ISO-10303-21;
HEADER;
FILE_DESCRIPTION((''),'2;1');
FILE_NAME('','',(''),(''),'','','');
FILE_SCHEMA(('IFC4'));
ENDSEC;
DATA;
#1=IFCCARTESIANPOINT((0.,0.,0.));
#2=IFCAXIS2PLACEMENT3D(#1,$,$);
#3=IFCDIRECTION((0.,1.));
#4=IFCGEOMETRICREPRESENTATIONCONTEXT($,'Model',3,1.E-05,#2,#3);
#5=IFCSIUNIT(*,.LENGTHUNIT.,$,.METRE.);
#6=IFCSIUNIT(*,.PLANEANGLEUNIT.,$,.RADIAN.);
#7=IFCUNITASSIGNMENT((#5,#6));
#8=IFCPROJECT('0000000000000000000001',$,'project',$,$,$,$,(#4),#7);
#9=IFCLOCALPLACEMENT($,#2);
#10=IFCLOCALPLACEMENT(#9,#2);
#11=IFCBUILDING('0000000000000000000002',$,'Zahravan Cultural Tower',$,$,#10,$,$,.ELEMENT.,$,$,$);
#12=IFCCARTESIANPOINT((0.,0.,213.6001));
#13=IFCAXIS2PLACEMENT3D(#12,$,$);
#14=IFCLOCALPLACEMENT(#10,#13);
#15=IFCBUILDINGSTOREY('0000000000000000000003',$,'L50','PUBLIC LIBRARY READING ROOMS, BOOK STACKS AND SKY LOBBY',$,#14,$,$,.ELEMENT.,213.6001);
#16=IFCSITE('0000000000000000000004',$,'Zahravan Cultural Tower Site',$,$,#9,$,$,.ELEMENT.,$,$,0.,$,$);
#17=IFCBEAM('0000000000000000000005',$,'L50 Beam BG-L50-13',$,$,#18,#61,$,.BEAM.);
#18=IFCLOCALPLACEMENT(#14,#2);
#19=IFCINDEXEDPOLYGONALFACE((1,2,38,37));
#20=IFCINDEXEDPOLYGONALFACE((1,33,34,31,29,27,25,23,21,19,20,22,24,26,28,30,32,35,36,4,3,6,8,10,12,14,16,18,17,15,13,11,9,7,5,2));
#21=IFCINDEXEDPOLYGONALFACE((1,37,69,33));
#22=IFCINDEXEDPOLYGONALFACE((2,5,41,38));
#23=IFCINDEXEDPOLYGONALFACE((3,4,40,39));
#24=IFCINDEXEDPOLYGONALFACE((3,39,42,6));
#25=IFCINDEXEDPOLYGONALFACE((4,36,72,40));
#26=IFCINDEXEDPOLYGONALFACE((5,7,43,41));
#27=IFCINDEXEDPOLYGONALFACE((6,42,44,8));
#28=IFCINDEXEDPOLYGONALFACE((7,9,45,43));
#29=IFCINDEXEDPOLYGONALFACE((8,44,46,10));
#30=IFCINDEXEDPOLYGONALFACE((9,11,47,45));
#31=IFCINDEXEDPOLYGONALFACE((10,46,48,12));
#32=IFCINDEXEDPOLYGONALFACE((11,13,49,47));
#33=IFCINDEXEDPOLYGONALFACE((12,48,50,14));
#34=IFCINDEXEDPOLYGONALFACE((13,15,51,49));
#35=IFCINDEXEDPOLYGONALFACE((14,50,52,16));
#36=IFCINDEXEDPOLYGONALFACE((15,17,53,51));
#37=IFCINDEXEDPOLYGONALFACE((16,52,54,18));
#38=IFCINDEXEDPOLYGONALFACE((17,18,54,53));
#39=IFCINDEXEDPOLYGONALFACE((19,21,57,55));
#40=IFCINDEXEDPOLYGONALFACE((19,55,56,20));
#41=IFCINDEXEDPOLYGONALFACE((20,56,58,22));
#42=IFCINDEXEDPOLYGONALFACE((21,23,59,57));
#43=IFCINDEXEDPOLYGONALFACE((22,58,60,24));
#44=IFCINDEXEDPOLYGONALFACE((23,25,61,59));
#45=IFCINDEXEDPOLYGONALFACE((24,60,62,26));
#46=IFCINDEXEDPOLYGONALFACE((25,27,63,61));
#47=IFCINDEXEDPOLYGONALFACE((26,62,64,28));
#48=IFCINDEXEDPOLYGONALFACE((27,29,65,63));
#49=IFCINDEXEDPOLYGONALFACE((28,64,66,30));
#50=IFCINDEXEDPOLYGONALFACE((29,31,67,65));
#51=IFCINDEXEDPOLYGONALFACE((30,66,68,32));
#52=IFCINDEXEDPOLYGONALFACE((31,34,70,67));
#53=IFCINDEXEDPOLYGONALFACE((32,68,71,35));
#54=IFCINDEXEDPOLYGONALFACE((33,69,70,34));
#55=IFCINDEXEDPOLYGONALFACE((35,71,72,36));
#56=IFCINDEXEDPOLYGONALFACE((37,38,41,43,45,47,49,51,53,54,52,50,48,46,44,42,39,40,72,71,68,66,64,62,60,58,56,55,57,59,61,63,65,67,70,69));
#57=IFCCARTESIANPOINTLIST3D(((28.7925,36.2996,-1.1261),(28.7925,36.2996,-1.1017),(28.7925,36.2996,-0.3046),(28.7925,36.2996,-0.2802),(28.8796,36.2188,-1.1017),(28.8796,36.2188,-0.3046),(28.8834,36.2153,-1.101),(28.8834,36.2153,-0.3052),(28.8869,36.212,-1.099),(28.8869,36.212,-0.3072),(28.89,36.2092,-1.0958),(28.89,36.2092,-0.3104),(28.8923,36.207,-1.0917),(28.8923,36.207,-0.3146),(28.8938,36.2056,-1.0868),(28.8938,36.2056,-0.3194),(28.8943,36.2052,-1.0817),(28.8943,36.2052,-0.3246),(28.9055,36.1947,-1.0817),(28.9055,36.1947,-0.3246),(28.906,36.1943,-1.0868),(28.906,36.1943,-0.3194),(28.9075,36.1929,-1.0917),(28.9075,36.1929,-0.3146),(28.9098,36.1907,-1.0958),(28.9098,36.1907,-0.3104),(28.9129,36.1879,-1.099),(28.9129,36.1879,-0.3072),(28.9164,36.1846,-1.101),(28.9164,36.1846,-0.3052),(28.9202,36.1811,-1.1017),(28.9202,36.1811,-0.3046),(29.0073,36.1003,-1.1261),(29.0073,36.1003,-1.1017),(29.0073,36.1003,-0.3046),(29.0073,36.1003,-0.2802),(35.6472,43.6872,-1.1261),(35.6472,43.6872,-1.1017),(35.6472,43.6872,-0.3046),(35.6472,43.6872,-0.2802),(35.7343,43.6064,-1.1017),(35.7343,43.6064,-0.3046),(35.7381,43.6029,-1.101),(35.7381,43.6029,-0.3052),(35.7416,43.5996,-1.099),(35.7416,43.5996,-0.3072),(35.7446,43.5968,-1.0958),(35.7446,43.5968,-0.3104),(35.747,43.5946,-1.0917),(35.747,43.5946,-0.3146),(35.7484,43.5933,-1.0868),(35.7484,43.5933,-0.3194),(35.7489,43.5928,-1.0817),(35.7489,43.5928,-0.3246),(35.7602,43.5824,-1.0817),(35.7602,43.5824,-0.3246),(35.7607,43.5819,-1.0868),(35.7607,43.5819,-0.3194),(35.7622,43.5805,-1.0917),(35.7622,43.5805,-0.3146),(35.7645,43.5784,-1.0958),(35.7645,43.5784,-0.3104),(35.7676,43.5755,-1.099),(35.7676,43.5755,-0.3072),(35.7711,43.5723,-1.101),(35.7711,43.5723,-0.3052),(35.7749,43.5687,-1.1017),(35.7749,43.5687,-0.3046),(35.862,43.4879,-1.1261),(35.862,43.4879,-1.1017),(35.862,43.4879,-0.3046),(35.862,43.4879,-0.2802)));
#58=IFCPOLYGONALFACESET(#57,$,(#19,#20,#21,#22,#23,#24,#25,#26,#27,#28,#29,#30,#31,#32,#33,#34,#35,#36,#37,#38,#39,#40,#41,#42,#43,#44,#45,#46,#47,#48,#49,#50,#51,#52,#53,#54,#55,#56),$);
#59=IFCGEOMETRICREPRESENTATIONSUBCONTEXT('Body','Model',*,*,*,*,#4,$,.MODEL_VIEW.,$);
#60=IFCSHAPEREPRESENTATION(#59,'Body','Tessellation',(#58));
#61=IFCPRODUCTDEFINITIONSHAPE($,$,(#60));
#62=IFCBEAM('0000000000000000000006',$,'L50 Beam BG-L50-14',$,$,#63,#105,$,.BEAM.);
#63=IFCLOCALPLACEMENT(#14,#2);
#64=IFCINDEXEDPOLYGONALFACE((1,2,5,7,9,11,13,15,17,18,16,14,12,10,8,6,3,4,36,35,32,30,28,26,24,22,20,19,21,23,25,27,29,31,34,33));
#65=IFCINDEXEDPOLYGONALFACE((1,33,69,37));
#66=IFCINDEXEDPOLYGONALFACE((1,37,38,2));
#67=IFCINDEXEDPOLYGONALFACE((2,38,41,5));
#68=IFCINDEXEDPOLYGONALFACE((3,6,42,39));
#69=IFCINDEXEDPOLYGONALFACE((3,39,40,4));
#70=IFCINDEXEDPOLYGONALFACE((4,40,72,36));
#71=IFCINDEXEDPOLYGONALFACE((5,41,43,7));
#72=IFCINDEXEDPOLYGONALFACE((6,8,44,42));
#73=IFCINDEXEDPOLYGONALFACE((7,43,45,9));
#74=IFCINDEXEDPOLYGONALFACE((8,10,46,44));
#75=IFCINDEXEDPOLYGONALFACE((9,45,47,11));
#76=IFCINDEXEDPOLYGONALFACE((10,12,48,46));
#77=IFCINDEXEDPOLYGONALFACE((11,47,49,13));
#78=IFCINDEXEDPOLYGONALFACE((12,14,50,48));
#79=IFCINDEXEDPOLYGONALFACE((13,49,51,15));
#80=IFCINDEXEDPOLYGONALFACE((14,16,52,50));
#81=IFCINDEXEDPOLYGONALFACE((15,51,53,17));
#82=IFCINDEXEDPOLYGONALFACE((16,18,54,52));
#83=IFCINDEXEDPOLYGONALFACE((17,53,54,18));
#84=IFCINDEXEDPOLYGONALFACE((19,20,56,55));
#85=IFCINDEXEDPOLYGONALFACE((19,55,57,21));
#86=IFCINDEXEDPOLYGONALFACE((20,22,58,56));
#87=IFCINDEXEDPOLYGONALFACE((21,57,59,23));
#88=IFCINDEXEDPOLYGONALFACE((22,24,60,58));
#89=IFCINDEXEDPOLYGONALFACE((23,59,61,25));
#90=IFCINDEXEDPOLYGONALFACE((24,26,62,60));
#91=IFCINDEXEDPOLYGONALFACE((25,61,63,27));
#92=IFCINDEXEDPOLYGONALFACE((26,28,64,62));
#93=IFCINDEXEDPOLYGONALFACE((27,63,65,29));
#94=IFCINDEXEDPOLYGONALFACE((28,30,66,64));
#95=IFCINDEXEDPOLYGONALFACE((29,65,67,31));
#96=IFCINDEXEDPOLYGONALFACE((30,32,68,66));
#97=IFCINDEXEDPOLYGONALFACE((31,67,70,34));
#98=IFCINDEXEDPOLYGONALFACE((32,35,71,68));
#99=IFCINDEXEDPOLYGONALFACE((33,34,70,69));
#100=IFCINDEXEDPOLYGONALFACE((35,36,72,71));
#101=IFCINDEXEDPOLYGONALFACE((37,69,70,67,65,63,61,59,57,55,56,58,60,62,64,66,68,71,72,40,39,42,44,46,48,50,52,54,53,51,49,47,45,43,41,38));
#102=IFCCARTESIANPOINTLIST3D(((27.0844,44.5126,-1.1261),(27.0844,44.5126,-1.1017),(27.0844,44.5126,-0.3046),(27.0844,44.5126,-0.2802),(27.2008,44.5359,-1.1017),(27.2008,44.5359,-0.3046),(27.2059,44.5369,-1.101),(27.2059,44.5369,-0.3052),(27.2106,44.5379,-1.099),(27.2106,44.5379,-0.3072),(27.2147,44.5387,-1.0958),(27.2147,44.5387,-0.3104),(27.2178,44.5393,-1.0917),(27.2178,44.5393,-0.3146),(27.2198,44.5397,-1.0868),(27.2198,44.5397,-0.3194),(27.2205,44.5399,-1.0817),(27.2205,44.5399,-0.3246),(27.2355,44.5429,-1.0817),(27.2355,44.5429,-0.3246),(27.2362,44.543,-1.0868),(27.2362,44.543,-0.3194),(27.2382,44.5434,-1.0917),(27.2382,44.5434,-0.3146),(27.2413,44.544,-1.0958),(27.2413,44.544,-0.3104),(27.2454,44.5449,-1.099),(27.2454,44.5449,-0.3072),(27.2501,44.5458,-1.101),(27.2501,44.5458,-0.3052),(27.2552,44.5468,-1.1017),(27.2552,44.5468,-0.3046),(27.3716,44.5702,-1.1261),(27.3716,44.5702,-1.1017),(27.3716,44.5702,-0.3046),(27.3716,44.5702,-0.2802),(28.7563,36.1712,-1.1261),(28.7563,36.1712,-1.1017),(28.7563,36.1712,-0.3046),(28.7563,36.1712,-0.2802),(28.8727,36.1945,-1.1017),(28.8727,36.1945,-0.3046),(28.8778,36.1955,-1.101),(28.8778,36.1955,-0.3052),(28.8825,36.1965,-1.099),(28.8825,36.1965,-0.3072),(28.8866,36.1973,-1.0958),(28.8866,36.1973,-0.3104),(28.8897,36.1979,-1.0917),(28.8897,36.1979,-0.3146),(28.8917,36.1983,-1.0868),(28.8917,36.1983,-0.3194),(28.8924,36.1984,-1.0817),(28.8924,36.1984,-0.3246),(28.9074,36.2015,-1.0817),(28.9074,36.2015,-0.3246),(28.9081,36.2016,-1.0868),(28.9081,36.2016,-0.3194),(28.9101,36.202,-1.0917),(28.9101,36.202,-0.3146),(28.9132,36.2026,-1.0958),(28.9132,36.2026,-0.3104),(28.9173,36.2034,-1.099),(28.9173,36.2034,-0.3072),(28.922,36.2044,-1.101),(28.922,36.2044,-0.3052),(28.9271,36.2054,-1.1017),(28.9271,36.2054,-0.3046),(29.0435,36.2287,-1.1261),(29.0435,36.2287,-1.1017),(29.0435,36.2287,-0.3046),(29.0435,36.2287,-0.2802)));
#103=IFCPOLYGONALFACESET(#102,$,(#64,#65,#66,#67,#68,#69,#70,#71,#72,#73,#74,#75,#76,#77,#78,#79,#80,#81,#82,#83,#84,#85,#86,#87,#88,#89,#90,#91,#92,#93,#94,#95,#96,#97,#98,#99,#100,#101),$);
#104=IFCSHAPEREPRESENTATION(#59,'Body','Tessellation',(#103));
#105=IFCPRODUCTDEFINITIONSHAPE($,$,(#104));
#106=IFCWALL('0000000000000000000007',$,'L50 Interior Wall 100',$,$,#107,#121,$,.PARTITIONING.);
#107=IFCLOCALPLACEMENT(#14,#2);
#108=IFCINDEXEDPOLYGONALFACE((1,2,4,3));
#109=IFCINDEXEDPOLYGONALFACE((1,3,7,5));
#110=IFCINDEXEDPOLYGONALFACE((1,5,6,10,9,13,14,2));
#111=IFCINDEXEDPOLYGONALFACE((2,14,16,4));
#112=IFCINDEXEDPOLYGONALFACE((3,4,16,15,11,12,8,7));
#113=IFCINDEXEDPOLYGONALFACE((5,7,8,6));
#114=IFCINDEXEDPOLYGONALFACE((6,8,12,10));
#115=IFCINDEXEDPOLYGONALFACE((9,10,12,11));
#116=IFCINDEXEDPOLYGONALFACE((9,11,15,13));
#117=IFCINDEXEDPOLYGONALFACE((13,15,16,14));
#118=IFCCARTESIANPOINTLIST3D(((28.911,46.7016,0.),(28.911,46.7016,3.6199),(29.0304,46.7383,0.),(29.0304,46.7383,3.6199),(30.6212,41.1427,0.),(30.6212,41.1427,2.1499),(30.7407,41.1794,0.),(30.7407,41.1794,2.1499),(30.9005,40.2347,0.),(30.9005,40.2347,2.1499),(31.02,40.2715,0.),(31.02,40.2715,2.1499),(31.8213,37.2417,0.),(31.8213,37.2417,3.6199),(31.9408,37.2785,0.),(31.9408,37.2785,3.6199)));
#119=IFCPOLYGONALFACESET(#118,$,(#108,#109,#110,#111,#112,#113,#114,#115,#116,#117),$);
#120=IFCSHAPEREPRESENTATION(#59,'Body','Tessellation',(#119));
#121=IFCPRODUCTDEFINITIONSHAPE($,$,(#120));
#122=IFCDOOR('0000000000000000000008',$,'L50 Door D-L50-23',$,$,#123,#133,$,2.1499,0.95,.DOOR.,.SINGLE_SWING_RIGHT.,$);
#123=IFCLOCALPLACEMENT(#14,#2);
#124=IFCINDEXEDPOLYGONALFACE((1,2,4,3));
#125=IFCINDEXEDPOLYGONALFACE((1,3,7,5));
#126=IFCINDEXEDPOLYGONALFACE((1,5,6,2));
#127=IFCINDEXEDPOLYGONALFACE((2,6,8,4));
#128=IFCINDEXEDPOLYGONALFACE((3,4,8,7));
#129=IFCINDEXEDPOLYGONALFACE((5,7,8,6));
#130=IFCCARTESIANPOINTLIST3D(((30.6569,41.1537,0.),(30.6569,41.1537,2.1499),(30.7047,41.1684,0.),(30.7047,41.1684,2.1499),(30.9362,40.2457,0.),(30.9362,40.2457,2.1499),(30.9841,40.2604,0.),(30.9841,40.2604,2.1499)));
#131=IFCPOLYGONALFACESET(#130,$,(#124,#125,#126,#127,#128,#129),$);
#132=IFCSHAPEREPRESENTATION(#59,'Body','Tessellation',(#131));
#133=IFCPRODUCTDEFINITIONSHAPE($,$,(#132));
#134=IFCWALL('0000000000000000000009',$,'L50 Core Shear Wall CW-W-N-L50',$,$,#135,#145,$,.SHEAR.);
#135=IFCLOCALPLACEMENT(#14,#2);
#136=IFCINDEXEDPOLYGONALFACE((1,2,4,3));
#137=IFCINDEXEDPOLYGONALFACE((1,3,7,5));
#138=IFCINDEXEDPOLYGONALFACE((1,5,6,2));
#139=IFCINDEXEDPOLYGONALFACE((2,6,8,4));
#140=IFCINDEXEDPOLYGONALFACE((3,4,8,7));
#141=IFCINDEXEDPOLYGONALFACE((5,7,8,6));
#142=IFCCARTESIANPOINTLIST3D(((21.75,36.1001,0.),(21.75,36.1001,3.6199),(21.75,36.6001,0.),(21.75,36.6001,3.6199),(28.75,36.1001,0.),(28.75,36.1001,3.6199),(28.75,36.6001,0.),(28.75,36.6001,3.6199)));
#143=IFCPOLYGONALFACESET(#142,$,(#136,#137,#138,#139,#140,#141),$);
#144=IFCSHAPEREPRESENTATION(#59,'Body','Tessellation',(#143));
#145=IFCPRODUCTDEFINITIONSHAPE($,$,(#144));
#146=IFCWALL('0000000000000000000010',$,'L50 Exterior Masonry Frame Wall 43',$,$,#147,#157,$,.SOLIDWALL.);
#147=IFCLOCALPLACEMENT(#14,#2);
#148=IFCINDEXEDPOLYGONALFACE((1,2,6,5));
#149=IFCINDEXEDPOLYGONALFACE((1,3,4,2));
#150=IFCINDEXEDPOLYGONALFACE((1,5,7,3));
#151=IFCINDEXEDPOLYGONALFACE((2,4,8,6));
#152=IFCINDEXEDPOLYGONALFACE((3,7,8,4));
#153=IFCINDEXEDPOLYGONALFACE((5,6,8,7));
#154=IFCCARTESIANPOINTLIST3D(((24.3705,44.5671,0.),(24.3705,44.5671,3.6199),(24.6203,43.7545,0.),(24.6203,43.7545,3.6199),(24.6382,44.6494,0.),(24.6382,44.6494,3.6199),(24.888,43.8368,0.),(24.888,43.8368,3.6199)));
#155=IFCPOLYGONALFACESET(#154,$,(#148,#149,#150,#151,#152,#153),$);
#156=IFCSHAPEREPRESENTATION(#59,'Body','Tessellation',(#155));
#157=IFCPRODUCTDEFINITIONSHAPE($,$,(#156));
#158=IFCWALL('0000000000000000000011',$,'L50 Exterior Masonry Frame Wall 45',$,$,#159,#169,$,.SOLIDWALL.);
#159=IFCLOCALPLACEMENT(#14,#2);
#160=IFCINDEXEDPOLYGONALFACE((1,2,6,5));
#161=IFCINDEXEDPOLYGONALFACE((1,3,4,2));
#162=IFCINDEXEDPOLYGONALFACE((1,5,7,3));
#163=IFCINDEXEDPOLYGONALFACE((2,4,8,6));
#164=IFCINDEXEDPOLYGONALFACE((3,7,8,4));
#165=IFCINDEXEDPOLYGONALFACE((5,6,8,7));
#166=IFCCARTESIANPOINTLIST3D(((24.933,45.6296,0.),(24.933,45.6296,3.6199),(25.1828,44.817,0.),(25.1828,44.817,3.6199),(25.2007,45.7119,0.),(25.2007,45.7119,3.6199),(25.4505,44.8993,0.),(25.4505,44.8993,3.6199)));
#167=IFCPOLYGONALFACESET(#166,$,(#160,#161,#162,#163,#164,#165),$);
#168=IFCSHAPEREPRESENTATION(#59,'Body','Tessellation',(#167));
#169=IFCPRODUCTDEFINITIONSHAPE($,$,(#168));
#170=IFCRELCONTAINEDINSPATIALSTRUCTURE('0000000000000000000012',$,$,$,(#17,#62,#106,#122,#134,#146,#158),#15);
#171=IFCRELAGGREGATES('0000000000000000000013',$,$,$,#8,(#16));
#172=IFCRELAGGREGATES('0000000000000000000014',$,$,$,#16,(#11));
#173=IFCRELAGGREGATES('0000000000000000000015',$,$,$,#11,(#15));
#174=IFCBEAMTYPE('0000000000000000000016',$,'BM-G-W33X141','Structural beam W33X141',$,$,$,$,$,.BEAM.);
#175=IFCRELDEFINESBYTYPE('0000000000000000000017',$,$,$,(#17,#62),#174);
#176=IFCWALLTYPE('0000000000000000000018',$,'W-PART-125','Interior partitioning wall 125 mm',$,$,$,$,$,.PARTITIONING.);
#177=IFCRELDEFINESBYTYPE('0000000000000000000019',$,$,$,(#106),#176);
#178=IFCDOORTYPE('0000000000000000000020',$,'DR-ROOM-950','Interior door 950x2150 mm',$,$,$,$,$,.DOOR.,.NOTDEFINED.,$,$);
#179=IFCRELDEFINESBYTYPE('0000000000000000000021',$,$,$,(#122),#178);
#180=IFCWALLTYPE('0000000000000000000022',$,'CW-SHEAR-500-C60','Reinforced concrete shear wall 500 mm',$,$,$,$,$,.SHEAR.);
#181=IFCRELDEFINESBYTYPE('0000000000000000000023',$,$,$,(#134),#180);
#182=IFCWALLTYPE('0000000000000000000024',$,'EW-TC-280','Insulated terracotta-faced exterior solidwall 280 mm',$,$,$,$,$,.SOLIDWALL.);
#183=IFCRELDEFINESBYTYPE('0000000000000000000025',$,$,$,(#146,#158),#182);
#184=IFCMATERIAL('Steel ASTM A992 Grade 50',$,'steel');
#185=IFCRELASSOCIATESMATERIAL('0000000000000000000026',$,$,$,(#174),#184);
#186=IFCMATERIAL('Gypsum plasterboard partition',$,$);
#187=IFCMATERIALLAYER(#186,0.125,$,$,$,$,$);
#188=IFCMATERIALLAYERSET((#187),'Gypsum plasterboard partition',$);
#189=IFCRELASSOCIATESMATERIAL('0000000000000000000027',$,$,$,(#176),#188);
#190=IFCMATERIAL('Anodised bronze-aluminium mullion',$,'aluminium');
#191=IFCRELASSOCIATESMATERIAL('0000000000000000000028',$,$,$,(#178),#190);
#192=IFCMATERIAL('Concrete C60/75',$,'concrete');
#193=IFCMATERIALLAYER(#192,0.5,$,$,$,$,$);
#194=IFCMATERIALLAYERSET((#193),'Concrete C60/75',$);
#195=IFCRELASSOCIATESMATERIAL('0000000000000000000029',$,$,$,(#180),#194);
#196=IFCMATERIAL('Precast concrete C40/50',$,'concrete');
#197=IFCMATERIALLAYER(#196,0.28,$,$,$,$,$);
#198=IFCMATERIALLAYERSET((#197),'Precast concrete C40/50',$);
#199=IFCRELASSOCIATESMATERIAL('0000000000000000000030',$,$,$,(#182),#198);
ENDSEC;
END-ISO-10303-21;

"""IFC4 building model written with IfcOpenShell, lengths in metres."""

from ifc_helpers import new_model, si_unit, direction, frame, frame_2d, origin, origin_2d, place, context, subcontext, project, spatial, rectangle, i_section, extrude, source, transform, mapped, material, layer, layer_set, material_profile, profile_set, type_object, element, fill, save


model = new_model("IFC4")

# Units and contexts
model_context = context("Model", 3, precision=1e-05, world=origin(), true_north=direction((0.0, 1.0)))
body_context = subcontext(model_context, "Body", "Model", "MODEL_VIEW")
ifc_project = project(units=[si_unit("LENGTHUNIT", "METRE"), si_unit("PLANEANGLEUNIT", "RADIAN")], contexts=[model_context])

# Site, building, storey
site_placement = place(None, origin())
site = spatial("IfcSite", under=ifc_project, at=site_placement, Name="Zahravan Cultural Tower Site", CompositionType="ELEMENT", RefElevation=0.0)
building_placement = place(site_placement, origin())
building = spatial("IfcBuilding", under=site, at=building_placement, Name="Zahravan Cultural Tower", CompositionType="ELEMENT")
storey_placement = place(building_placement, frame((0.0, 0.0, 213.6001)))
storey = spatial("IfcBuildingStorey", under=building, at=storey_placement, Name="L50", Description="PUBLIC LIBRARY READING ROOMS, BOOK STACKS AND SKY LOBBY", CompositionType="ELEMENT", Elevation=213.6001)

# Shared definitions
ifc_material_1 = material(Name="Steel ASTM A992 Grade 50", Category="steel")

# Beams
ifc_material_profile_1 = material_profile(ifc_material_1, i_section(OverallWidth=0.293, OverallDepth=0.8459, WebThickness=0.0154, FlangeThickness=0.0244, FilletRadius=0.02, at=origin_2d()), Name="W33X141")
ifc_profile_set_1 = profile_set([ifc_material_profile_1], Name="Steel ASTM A992 Grade 50")
beam_type_1 = type_object("IfcBeamType", Name="BM-G-W33X141", Description="Structural beam W33X141", PredefinedType="BEAM", material=ifc_profile_set_1)
shared_shape_1 = source(origin(), body_context, "Body", "SweptSolid", [
    extrude(i_section(OverallWidth=0.293, OverallDepth=0.8459, WebThickness=0.0154, FlangeThickness=0.0244, FilletRadius=0.02, at=origin_2d()), origin(), (0.0, 0.0, 1.0), 10.0779),
])
beam_1_placement = place(storey_placement, frame((28.8999, 36.2, -0.7031), z_axis=(0.68017, 0.733054, 0.0), x_axis=(-0.733054, 0.68017, 0.0)))
element("IfcBeam", 1, at=beam_1_placement, inside=storey, type_object=beam_type_1, Name="L50 Beam BG-L50-13", PredefinedType="BEAM", context=body_context, shape_type="MappedRepresentation", body=[
    mapped(shared_shape_1, transform((0.0, 0.0, 0.0), x_axis=(1.0, 0.0, 0.0), y_axis=(0.0, 1.0, 0.0), z_axis=(0.0, 0.0, 1.0), scale=1.0)),
])
shared_shape_2 = source(origin(), body_context, "Body", "SweptSolid", [
    extrude(i_section(OverallWidth=0.293, OverallDepth=0.8459, WebThickness=0.0154, FlangeThickness=0.0244, FilletRadius=0.02, at=origin_2d()), origin(), (0.0, 0.0, 1.0), 8.5073),
])
beam_2_placement = place(storey_placement, frame((28.8999, 36.2, -0.7031), z_axis=(-0.196525, 0.980499, 0.0), x_axis=(-0.980499, -0.196525, 0.0)))
element("IfcBeam", 2, at=beam_2_placement, inside=storey, type_object=beam_type_1, Name="L50 Beam BG-L50-14", PredefinedType="BEAM", context=body_context, shape_type="MappedRepresentation", body=[
    mapped(shared_shape_2, transform((0.0, 0.0, 0.0), x_axis=(1.0, 0.0, 0.0), y_axis=(0.0, 1.0, 0.0), z_axis=(0.0, 0.0, 1.0), scale=1.0)),
])

# Wall, opening, door
ifc_material_2 = material(Name="Gypsum plasterboard partition")
ifc_layer_1 = layer(ifc_material_2, 0.125)
ifc_layer_set_1 = layer_set([ifc_layer_1], Name="Gypsum plasterboard partition")
wall_type_1 = type_object("IfcWallType", Name="W-PART-125", Description="Interior partitioning wall 125 mm", PredefinedType="PARTITIONING", material=ifc_layer_set_1)
wall_1_placement = place(storey_placement, frame((28.9707, 46.72, 0.0), z_axis=(0.0, 0.0, 1.0), x_axis=(0.294053, -0.955789, 0.0)))
wall_1 = element("IfcWall", 3, at=wall_1_placement, inside=storey, type_object=wall_type_1, Name="L50 Interior Wall 100", PredefinedType="PARTITIONING", context=body_context, shape_type="SweptSolid", body=[
    extrude(rectangle(XDim=9.8975, YDim=0.125, at=frame_2d((4.9487, 0.0))), origin(), (0.0, 0.0, 1.0), 3.6199),
])
opening_1_placement = place(wall_1_placement, frame((5.8159, 0.0, 0.0)))
opening_1 = element("IfcOpeningElement", 4, at=opening_1_placement, cuts=wall_1, PredefinedType="OPENING", context=body_context, shape_type="SweptSolid", body=[
    extrude(rectangle(XDim=0.95, YDim=2.1499, at=frame_2d((0.4751, 1.075))), frame((0.0, 0.0725, 0.0), z_axis=(0.0, -1.0, 0.0), x_axis=(1.0, 0.0, 0.0)), (0.0, 0.0, 1.0), 0.145),
])
ifc_material_3 = material(Name="Anodised bronze-aluminium mullion", Category="aluminium")
door_type_1 = type_object("IfcDoorType", Name="DR-ROOM-950", Description="Interior door 950x2150 mm", OperationType="NOTDEFINED", PredefinedType="DOOR", material=ifc_material_3)
shared_shape_3 = source(origin(), body_context, "Body", "SweptSolid", [
    extrude(rectangle(XDim=0.95, YDim=2.1499, at=frame_2d((0.4751, 1.075))), frame((0.0, 0.0249, 0.0), z_axis=(0.0, -1.0, 0.0), x_axis=(1.0, 0.0, 0.0)), (0.0, 0.0, 1.0), 0.05),
])
door_1_placement = place(opening_1_placement, origin())
door_1 = element("IfcDoor", 5, at=door_1_placement, inside=storey, type_object=door_type_1, Name="L50 Door D-L50-23", OperationType="SINGLE_SWING_RIGHT", OverallHeight=2.1499, OverallWidth=0.95, PredefinedType="DOOR", context=body_context, shape_type="MappedRepresentation", body=[
    mapped(shared_shape_3, transform((0.0, 0.0, 0.0), x_axis=(1.0, 0.0, 0.0), y_axis=(0.0, 1.0, 0.0), z_axis=(0.0, 0.0, 1.0), scale=1.0)),
])
fill(opening_1, door_1)

# Walls
ifc_material_4 = material(Name="Concrete C60/75", Category="concrete")
ifc_layer_2 = layer(ifc_material_4, 0.5)
ifc_layer_set_2 = layer_set([ifc_layer_2], Name="Concrete C60/75")
wall_type_2 = type_object("IfcWallType", Name="CW-SHEAR-500-C60", Description="Reinforced concrete shear wall 500 mm", PredefinedType="SHEAR", material=ifc_layer_set_2)
shared_shape_4 = source(origin(), body_context, "Body", "SweptSolid", [
    extrude(rectangle(XDim=7.0, YDim=0.5, at=frame_2d((3.5, 0.0))), origin(), (0.0, 0.0, 1.0), 3.6199),
])
wall_2_placement = place(storey_placement, frame((21.75, 36.3501, 0.0), z_axis=(0.0, 0.0, 1.0), x_axis=(1.0, 0.0, 0.0)))
element("IfcWall", 6, at=wall_2_placement, inside=storey, type_object=wall_type_2, Name="L50 Core Shear Wall CW-W-N-L50", PredefinedType="SHEAR", context=body_context, shape_type="MappedRepresentation", body=[
    mapped(shared_shape_4, transform((0.0, 0.0, 0.0), x_axis=(1.0, 0.0, 0.0), y_axis=(0.0, 1.0, 0.0), z_axis=(0.0, 0.0, 1.0), scale=1.0)),
])
ifc_material_5 = material(Name="Precast concrete C40/50", Category="concrete")
ifc_layer_3 = layer(ifc_material_5, 0.28)
ifc_layer_set_3 = layer_set([ifc_layer_3], Name="Precast concrete C40/50")
wall_type_3 = type_object("IfcWallType", Name="EW-TC-280", Description="Insulated terracotta-faced exterior solidwall 280 mm", PredefinedType="SOLIDWALL", material=ifc_layer_set_3)
shared_shape_5 = source(origin(), body_context, "Body", "SweptSolid", [
    extrude(rectangle(XDim=0.8501, YDim=0.28, at=frame_2d((0.425, 0.0))), origin(), (0.0, 0.0, 1.0), 3.6199),
])
for number, where, z_axis, x_axis, name in (
    (7, (24.7542, 43.7957, 0.0), (0.0, 0.0, 1.0), (-0.293823, 0.95586, 0.0), "L50 Exterior Masonry Frame Wall 43"),
    (8, (25.3167, 44.8582, 0.0), (0.0, 0.0, 1.0), (-0.293823, 0.95586, 0.0), "L50 Exterior Masonry Frame Wall 45"),
):
    element("IfcWall", number, at=place(storey_placement, frame(where, z_axis=z_axis, x_axis=x_axis)), inside=storey, type_object=wall_type_3, Name=name, PredefinedType="SOLIDWALL", context=body_context, shape_type="MappedRepresentation", body=[
        mapped(shared_shape_5, transform((0.0, 0.0, 0.0), x_axis=(1.0, 0.0, 0.0), y_axis=(0.0, 1.0, 0.0), z_axis=(0.0, 0.0, 1.0), scale=1.0)),
    ])

save(model, "model.ifc")
